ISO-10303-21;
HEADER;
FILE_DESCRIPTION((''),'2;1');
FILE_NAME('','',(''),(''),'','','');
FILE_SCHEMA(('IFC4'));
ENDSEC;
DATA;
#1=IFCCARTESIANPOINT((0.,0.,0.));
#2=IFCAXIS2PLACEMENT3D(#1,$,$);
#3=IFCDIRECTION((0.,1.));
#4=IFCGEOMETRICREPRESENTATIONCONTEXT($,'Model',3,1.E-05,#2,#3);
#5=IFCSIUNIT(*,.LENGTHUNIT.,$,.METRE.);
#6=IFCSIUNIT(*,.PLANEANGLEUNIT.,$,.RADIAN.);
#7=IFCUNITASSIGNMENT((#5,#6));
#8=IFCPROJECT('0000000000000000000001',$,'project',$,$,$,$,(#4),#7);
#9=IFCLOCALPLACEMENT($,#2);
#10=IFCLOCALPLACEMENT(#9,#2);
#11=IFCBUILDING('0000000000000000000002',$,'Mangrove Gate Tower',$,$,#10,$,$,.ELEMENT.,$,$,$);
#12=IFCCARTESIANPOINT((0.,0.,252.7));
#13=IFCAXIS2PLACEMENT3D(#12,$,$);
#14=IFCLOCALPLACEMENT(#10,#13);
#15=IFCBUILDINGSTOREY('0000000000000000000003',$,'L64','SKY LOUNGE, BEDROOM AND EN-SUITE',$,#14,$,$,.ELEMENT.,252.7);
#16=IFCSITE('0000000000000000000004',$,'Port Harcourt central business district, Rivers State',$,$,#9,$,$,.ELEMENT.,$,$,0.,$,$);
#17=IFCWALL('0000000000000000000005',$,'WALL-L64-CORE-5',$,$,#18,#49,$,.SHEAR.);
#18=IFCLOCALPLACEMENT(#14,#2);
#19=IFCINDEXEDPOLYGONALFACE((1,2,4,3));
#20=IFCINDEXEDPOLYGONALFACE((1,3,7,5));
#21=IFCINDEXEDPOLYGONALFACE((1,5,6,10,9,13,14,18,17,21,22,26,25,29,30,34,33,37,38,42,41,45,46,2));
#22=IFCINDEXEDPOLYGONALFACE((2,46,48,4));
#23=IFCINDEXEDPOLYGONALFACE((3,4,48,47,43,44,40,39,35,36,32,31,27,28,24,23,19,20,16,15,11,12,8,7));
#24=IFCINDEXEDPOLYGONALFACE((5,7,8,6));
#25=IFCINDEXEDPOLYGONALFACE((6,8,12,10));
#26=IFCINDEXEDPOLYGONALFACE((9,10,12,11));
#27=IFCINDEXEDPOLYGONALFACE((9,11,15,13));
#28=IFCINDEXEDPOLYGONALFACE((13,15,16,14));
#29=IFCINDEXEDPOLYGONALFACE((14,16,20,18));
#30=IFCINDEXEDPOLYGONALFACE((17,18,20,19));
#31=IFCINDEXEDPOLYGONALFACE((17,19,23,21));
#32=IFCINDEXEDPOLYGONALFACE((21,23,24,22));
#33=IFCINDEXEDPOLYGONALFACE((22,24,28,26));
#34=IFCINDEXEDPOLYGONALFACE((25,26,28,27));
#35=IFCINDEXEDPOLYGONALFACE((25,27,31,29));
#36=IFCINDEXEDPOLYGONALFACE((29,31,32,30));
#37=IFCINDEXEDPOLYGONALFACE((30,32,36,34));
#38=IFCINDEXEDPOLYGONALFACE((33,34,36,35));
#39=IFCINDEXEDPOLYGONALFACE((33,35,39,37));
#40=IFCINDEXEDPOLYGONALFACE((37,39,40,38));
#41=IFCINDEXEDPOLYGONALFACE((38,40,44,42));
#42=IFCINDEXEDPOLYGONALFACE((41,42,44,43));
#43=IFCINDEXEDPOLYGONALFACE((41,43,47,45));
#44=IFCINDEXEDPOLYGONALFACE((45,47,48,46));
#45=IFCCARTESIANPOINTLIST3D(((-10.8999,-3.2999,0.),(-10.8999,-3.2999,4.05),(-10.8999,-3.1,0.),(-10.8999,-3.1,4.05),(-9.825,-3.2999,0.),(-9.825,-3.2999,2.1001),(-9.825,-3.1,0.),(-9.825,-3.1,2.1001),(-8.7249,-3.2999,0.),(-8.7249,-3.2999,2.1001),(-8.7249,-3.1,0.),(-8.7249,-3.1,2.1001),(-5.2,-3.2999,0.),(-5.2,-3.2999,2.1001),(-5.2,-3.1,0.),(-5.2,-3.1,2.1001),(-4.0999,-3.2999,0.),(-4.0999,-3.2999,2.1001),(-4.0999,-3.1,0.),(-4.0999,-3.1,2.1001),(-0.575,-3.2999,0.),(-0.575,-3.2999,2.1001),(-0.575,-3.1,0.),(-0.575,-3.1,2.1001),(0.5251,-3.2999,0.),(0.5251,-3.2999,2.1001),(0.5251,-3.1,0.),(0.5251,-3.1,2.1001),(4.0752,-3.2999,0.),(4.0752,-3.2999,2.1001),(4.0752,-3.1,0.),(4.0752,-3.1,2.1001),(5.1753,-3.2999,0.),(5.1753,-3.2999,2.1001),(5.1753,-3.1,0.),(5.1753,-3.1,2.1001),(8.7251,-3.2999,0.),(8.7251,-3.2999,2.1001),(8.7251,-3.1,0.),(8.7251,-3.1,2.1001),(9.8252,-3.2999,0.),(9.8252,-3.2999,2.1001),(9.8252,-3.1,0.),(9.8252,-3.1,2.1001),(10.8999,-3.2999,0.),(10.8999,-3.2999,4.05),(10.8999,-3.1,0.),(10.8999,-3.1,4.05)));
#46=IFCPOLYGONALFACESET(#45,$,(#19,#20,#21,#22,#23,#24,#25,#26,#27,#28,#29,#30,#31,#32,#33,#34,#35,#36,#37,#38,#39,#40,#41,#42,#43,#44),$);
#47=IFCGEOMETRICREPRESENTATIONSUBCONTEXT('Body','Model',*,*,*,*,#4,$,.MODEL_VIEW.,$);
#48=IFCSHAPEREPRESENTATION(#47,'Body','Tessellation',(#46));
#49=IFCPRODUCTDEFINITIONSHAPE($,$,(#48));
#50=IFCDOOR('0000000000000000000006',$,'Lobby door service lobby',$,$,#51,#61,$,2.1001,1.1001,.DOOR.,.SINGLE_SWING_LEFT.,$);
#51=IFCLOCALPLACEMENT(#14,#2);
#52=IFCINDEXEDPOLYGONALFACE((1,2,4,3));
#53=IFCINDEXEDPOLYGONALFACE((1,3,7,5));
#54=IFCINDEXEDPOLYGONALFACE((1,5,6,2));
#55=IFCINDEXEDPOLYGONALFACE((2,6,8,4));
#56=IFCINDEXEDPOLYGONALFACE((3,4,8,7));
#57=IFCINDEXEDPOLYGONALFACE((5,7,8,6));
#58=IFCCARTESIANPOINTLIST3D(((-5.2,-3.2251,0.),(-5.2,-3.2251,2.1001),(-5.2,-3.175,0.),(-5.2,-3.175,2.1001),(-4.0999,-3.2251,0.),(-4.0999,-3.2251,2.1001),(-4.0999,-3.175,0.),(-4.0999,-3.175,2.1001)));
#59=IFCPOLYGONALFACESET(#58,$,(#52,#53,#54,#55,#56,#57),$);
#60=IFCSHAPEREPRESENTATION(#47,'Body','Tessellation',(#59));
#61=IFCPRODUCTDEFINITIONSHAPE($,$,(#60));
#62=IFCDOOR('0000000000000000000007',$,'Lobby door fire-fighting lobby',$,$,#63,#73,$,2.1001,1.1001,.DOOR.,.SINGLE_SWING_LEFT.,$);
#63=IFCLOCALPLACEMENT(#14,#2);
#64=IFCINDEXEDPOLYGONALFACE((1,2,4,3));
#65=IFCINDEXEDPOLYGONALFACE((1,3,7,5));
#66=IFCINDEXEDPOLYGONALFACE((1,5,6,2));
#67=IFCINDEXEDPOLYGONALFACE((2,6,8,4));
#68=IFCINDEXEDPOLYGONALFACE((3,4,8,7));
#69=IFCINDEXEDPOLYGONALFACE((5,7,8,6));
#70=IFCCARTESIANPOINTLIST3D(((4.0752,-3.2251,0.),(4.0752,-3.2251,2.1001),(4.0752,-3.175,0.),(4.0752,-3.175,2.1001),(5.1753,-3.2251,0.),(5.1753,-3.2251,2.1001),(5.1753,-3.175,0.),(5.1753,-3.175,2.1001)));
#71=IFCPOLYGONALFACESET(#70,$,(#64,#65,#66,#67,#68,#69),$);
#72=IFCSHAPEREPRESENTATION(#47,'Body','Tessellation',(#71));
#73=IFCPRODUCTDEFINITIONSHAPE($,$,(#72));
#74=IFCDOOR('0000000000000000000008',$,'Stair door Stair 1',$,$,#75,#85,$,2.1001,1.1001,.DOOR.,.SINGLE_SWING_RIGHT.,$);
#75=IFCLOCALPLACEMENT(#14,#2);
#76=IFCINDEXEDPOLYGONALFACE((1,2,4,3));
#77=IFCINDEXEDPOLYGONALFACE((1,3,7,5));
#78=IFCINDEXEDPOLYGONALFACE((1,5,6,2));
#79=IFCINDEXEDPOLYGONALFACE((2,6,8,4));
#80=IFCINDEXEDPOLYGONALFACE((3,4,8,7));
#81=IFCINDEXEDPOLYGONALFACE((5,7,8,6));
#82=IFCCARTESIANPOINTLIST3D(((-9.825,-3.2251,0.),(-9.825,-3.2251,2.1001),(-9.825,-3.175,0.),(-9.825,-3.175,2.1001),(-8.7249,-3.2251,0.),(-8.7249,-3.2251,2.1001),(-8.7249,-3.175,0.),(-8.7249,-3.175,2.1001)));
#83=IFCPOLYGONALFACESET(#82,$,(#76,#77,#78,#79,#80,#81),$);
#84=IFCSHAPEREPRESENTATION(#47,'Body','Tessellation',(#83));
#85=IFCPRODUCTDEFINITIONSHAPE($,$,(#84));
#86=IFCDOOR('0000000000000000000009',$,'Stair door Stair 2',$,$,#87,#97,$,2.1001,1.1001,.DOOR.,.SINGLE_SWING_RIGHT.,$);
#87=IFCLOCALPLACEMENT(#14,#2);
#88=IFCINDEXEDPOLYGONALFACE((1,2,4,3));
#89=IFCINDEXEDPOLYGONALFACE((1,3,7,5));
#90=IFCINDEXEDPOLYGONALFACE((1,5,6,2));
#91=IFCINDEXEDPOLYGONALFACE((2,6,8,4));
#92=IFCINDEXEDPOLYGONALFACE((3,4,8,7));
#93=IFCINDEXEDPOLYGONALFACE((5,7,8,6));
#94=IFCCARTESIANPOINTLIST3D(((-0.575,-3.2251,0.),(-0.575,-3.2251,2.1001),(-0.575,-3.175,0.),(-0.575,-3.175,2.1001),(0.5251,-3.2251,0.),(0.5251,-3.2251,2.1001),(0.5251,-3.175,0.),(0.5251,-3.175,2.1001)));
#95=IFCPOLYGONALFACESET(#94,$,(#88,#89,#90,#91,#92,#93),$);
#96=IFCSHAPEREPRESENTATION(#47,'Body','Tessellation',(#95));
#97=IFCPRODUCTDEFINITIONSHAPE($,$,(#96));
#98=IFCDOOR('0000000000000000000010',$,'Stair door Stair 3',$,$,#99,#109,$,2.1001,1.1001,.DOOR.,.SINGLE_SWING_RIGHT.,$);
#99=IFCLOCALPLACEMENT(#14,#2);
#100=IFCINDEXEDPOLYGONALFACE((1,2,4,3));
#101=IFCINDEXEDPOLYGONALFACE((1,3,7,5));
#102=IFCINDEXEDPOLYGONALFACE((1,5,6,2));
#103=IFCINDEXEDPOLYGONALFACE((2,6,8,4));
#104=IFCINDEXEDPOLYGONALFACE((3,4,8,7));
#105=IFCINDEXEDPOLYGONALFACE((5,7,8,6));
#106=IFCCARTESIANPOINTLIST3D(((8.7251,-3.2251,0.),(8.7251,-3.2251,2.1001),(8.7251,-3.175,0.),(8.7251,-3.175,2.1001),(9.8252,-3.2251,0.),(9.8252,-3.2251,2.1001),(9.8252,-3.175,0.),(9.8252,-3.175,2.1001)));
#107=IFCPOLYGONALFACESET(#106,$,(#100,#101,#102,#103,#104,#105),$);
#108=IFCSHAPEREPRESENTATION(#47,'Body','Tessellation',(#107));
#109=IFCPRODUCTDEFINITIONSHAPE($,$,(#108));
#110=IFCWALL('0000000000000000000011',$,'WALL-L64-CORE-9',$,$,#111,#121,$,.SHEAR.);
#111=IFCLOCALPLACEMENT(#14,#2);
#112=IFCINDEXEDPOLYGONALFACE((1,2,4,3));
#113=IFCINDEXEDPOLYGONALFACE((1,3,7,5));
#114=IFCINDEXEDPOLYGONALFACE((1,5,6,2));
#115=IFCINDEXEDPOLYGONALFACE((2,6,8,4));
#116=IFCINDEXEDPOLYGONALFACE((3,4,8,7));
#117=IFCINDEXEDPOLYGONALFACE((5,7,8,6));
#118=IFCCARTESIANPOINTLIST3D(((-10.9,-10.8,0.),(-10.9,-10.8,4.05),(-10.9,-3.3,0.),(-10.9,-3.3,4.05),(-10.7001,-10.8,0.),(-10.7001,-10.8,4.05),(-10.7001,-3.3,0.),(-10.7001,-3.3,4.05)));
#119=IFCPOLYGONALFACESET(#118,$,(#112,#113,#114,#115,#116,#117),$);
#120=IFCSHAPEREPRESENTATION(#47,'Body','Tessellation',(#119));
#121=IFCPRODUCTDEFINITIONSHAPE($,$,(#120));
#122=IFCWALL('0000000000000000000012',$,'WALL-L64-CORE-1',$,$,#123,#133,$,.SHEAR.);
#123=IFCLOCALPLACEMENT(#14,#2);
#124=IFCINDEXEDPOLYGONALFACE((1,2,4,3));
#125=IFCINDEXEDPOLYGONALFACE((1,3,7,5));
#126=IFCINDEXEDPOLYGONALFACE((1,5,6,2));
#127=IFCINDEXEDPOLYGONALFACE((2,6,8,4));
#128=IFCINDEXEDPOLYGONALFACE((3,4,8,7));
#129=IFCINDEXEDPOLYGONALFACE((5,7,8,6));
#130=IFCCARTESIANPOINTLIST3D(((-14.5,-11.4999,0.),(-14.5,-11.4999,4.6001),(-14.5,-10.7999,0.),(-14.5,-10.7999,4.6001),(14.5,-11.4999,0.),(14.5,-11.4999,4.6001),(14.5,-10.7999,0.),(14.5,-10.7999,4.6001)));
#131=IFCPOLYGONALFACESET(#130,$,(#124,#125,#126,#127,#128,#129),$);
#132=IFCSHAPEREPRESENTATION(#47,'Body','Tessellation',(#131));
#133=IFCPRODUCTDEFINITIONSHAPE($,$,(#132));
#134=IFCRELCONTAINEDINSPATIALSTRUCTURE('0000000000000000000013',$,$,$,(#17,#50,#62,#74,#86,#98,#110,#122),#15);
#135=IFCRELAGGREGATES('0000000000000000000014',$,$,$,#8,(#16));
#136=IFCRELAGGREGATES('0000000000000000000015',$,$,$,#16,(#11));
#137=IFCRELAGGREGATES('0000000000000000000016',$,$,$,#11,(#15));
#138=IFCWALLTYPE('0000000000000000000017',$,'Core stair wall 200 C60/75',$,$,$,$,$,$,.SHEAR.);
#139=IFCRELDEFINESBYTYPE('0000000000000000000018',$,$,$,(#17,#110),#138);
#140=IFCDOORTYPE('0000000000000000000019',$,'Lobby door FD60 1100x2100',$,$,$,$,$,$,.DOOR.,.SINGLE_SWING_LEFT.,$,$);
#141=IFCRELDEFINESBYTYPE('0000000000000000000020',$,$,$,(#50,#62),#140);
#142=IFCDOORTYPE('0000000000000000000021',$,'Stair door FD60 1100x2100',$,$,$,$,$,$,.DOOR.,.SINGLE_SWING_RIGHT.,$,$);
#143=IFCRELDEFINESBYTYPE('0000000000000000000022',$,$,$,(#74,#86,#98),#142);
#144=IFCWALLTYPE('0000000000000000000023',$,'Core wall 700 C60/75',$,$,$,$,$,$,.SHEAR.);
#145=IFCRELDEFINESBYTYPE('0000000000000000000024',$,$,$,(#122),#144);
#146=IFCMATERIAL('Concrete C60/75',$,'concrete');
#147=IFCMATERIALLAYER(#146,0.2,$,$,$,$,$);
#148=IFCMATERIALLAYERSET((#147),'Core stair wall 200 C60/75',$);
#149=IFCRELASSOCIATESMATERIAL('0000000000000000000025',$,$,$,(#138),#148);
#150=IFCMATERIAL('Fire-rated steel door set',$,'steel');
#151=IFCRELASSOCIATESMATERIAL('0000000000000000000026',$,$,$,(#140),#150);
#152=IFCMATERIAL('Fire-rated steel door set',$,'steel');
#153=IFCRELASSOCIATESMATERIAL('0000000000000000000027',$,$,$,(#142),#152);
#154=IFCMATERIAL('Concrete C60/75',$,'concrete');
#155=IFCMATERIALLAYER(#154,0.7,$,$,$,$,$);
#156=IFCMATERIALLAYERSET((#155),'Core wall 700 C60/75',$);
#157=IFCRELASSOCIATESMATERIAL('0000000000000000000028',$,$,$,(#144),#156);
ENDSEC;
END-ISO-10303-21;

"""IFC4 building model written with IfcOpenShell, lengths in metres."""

from ifc_helpers import new_model, si_unit, direction, frame, frame_2d, origin, place, context, subcontext, project, spatial, rectangle, extrude, material, layer, layer_set, type_object, element, fill, save


model = new_model("IFC4")

# Units and contexts
model_context = context("Model", 3, precision=1e-05, world=origin(), true_north=direction((0.0, 1.0)))
body_context = subcontext(model_context, "Body", "Model", "MODEL_VIEW")
ifc_project = project(units=[si_unit("LENGTHUNIT", "METRE"), si_unit("PLANEANGLEUNIT", "RADIAN")], contexts=[model_context])

# Site, building, storey
site_placement = place(None, origin())
site = spatial("IfcSite", under=ifc_project, at=site_placement, Name="Port Harcourt central business district, Rivers State", CompositionType="ELEMENT", RefElevation=0.0)
building_placement = place(site_placement, origin())
building = spatial("IfcBuilding", under=site, at=building_placement, Name="Mangrove Gate Tower", CompositionType="ELEMENT")
storey_placement = place(building_placement, frame((0.0, 0.0, 252.7)))
storey = spatial("IfcBuildingStorey", under=building, at=storey_placement, Name="L64", Description="SKY LOUNGE, BEDROOM AND EN-SUITE", CompositionType="ELEMENT", Elevation=252.7)

# Wall, openings, doors
ifc_material_1 = material(Name="Concrete C60/75", Category="concrete")
ifc_layer_1 = layer(ifc_material_1, 0.2)
ifc_layer_set_1 = layer_set([ifc_layer_1], Name="Core stair wall 200 C60/75")
wall_type_1 = type_object("IfcWallType", Name="Core stair wall 200 C60/75", PredefinedType="SHEAR", material=ifc_layer_set_1)
wall_1_placement = place(storey_placement, frame((-10.8999, -3.2, 0.0), z_axis=(0.0, 0.0, 1.0), x_axis=(1.0, 0.0, 0.0)))
wall_1 = element("IfcWall", 1, at=wall_1_placement, inside=storey, type_object=wall_type_1, Name="WALL-L64-CORE-5", PredefinedType="SHEAR", context=body_context, shape_type="SweptSolid", body=[
    extrude(rectangle(XDim=21.7998, YDim=0.2, at=frame_2d((10.8999, 0.0))), origin(), (0.0, 0.0, 1.0), 4.05),
])
opening_1_placement = place(wall_1_placement, frame((1.075, 0.0, 0.0)))
opening_1 = element("IfcOpeningElement", 2, at=opening_1_placement, cuts=wall_1, PredefinedType="OPENING", context=body_context, shape_type="SweptSolid", body=[
    extrude(rectangle(XDim=1.1001, YDim=2.1001, at=frame_2d((0.55, 1.05))), frame((0.0, 0.1099, 0.0), z_axis=(0.0, -1.0, 0.0), x_axis=(1.0, 0.0, 0.0)), (0.0, 0.0, 1.0), 0.22),
])
opening_2_placement = place(wall_1_placement, frame((10.325, 0.0, 0.0)))
opening_2 = element("IfcOpeningElement", 3, at=opening_2_placement, cuts=wall_1, PredefinedType="OPENING", context=body_context, shape_type="SweptSolid", body=[
    extrude(rectangle(XDim=1.1001, YDim=2.1001, at=frame_2d((0.55, 1.05))), frame((0.0, 0.1099, 0.0), z_axis=(0.0, -1.0, 0.0), x_axis=(1.0, 0.0, 0.0)), (0.0, 0.0, 1.0), 0.22),
])
opening_3_placement = place(wall_1_placement, frame((19.625, 0.0, 0.0)))
opening_3 = element("IfcOpeningElement", 4, at=opening_3_placement, cuts=wall_1, PredefinedType="OPENING", context=body_context, shape_type="SweptSolid", body=[
    extrude(rectangle(XDim=1.1001, YDim=2.1001, at=frame_2d((0.55, 1.05))), frame((0.0, 0.1099, 0.0), z_axis=(0.0, -1.0, 0.0), x_axis=(1.0, 0.0, 0.0)), (0.0, 0.0, 1.0), 0.22),
])
opening_4_placement = place(wall_1_placement, frame((5.7, 0.0, 0.0)))
opening_4 = element("IfcOpeningElement", 5, at=opening_4_placement, cuts=wall_1, PredefinedType="OPENING", context=body_context, shape_type="SweptSolid", body=[
    extrude(rectangle(XDim=1.1001, YDim=2.1001, at=frame_2d((0.55, 1.05))), frame((0.0, 0.1099, 0.0), z_axis=(0.0, -1.0, 0.0), x_axis=(1.0, 0.0, 0.0)), (0.0, 0.0, 1.0), 0.22),
])
opening_5_placement = place(wall_1_placement, frame((14.9751, 0.0, 0.0)))
opening_5 = element("IfcOpeningElement", 6, at=opening_5_placement, cuts=wall_1, PredefinedType="OPENING", context=body_context, shape_type="SweptSolid", body=[
    extrude(rectangle(XDim=1.1001, YDim=2.1001, at=frame_2d((0.55, 1.05))), frame((0.0, 0.1099, 0.0), z_axis=(0.0, -1.0, 0.0), x_axis=(1.0, 0.0, 0.0)), (0.0, 0.0, 1.0), 0.22),
])
ifc_material_2 = material(Name="Fire-rated steel door set", Category="steel")
door_type_1 = type_object("IfcDoorType", Name="Lobby door FD60 1100x2100", OperationType="SINGLE_SWING_LEFT", PredefinedType="DOOR", material=ifc_material_2)
door_1_placement = place(opening_4_placement, origin())
door_1 = element("IfcDoor", 7, at=door_1_placement, inside=storey, type_object=door_type_1, Name="Lobby door service lobby", OperationType="SINGLE_SWING_LEFT", OverallHeight=2.1001, OverallWidth=1.1001, PredefinedType="DOOR", context=body_context, shape_type="SweptSolid", body=[
    extrude(rectangle(XDim=1.1001, YDim=2.1001, at=frame_2d((0.55, 1.05))), frame((0.0, 0.0249, 0.0), z_axis=(0.0, -1.0, 0.0), x_axis=(1.0, 0.0, 0.0)), (0.0, 0.0, 1.0), 0.05),
])
fill(opening_4, door_1)
door_2_placement = place(opening_5_placement, origin())
door_2 = element("IfcDoor", 8, at=door_2_placement, inside=storey, type_object=door_type_1, Name="Lobby door fire-fighting lobby", OperationType="SINGLE_SWING_LEFT", OverallHeight=2.1001, OverallWidth=1.1001, PredefinedType="DOOR", context=body_context, shape_type="SweptSolid", body=[
    extrude(rectangle(XDim=1.1001, YDim=2.1001, at=frame_2d((0.55, 1.05))), frame((0.0, 0.0249, 0.0), z_axis=(0.0, -1.0, 0.0), x_axis=(1.0, 0.0, 0.0)), (0.0, 0.0, 1.0), 0.05),
])
fill(opening_5, door_2)
ifc_material_3 = material(Name="Fire-rated steel door set", Category="steel")
door_type_2 = type_object("IfcDoorType", Name="Stair door FD60 1100x2100", OperationType="SINGLE_SWING_RIGHT", PredefinedType="DOOR", material=ifc_material_3)
door_3_placement = place(opening_1_placement, origin())
door_3 = element("IfcDoor", 9, at=door_3_placement, inside=storey, type_object=door_type_2, Name="Stair door Stair 1", OperationType="SINGLE_SWING_RIGHT", OverallHeight=2.1001, OverallWidth=1.1001, PredefinedType="DOOR", context=body_context, shape_type="SweptSolid", body=[
    extrude(rectangle(XDim=1.1001, YDim=2.1001, at=frame_2d((0.55, 1.05))), frame((0.0, 0.0249, 0.0), z_axis=(0.0, -1.0, 0.0), x_axis=(1.0, 0.0, 0.0)), (0.0, 0.0, 1.0), 0.05),
])
fill(opening_1, door_3)
door_4_placement = place(opening_2_placement, origin())
door_4 = element("IfcDoor", 10, at=door_4_placement, inside=storey, type_object=door_type_2, Name="Stair door Stair 2", OperationType="SINGLE_SWING_RIGHT", OverallHeight=2.1001, OverallWidth=1.1001, PredefinedType="DOOR", context=body_context, shape_type="SweptSolid", body=[
    extrude(rectangle(XDim=1.1001, YDim=2.1001, at=frame_2d((0.55, 1.05))), frame((0.0, 0.0249, 0.0), z_axis=(0.0, -1.0, 0.0), x_axis=(1.0, 0.0, 0.0)), (0.0, 0.0, 1.0), 0.05),
])
fill(opening_2, door_4)
door_5_placement = place(opening_3_placement, origin())
door_5 = element("IfcDoor", 11, at=door_5_placement, inside=storey, type_object=door_type_2, Name="Stair door Stair 3", OperationType="SINGLE_SWING_RIGHT", OverallHeight=2.1001, OverallWidth=1.1001, PredefinedType="DOOR", context=body_context, shape_type="SweptSolid", body=[
    extrude(rectangle(XDim=1.1001, YDim=2.1001, at=frame_2d((0.55, 1.05))), frame((0.0, 0.0249, 0.0), z_axis=(0.0, -1.0, 0.0), x_axis=(1.0, 0.0, 0.0)), (0.0, 0.0, 1.0), 0.05),
])
fill(opening_3, door_5)

# Walls
wall_2_placement = place(storey_placement, frame((-10.8, -10.8, 0.0), z_axis=(0.0, 0.0, 1.0), x_axis=(0.0, 1.0, 0.0)))
element("IfcWall", 12, at=wall_2_placement, inside=storey, type_object=wall_type_1, Name="WALL-L64-CORE-9", PredefinedType="SHEAR", context=body_context, shape_type="SweptSolid", body=[
    extrude(rectangle(XDim=7.5, YDim=0.2, at=frame_2d((3.75, 0.0))), origin(), (0.0, 0.0, 1.0), 4.05),
])
ifc_material_4 = material(Name="Concrete C60/75", Category="concrete")
ifc_layer_2 = layer(ifc_material_4, 0.7)
ifc_layer_set_2 = layer_set([ifc_layer_2], Name="Core wall 700 C60/75")
wall_type_2 = type_object("IfcWallType", Name="Core wall 700 C60/75", PredefinedType="SHEAR", material=ifc_layer_set_2)
wall_3_placement = place(storey_placement, frame((-14.5, -11.1499, 0.0), z_axis=(0.0, 0.0, 1.0), x_axis=(1.0, 0.0, 0.0)))
element("IfcWall", 13, at=wall_3_placement, inside=storey, type_object=wall_type_2, Name="WALL-L64-CORE-1", PredefinedType="SHEAR", context=body_context, shape_type="SweptSolid", body=[
    extrude(rectangle(XDim=29.0, YDim=0.7, at=frame_2d((14.5, 0.0))), origin(), (0.0, 0.0, 1.0), 4.6001),
])

save(model, "model.ifc")
